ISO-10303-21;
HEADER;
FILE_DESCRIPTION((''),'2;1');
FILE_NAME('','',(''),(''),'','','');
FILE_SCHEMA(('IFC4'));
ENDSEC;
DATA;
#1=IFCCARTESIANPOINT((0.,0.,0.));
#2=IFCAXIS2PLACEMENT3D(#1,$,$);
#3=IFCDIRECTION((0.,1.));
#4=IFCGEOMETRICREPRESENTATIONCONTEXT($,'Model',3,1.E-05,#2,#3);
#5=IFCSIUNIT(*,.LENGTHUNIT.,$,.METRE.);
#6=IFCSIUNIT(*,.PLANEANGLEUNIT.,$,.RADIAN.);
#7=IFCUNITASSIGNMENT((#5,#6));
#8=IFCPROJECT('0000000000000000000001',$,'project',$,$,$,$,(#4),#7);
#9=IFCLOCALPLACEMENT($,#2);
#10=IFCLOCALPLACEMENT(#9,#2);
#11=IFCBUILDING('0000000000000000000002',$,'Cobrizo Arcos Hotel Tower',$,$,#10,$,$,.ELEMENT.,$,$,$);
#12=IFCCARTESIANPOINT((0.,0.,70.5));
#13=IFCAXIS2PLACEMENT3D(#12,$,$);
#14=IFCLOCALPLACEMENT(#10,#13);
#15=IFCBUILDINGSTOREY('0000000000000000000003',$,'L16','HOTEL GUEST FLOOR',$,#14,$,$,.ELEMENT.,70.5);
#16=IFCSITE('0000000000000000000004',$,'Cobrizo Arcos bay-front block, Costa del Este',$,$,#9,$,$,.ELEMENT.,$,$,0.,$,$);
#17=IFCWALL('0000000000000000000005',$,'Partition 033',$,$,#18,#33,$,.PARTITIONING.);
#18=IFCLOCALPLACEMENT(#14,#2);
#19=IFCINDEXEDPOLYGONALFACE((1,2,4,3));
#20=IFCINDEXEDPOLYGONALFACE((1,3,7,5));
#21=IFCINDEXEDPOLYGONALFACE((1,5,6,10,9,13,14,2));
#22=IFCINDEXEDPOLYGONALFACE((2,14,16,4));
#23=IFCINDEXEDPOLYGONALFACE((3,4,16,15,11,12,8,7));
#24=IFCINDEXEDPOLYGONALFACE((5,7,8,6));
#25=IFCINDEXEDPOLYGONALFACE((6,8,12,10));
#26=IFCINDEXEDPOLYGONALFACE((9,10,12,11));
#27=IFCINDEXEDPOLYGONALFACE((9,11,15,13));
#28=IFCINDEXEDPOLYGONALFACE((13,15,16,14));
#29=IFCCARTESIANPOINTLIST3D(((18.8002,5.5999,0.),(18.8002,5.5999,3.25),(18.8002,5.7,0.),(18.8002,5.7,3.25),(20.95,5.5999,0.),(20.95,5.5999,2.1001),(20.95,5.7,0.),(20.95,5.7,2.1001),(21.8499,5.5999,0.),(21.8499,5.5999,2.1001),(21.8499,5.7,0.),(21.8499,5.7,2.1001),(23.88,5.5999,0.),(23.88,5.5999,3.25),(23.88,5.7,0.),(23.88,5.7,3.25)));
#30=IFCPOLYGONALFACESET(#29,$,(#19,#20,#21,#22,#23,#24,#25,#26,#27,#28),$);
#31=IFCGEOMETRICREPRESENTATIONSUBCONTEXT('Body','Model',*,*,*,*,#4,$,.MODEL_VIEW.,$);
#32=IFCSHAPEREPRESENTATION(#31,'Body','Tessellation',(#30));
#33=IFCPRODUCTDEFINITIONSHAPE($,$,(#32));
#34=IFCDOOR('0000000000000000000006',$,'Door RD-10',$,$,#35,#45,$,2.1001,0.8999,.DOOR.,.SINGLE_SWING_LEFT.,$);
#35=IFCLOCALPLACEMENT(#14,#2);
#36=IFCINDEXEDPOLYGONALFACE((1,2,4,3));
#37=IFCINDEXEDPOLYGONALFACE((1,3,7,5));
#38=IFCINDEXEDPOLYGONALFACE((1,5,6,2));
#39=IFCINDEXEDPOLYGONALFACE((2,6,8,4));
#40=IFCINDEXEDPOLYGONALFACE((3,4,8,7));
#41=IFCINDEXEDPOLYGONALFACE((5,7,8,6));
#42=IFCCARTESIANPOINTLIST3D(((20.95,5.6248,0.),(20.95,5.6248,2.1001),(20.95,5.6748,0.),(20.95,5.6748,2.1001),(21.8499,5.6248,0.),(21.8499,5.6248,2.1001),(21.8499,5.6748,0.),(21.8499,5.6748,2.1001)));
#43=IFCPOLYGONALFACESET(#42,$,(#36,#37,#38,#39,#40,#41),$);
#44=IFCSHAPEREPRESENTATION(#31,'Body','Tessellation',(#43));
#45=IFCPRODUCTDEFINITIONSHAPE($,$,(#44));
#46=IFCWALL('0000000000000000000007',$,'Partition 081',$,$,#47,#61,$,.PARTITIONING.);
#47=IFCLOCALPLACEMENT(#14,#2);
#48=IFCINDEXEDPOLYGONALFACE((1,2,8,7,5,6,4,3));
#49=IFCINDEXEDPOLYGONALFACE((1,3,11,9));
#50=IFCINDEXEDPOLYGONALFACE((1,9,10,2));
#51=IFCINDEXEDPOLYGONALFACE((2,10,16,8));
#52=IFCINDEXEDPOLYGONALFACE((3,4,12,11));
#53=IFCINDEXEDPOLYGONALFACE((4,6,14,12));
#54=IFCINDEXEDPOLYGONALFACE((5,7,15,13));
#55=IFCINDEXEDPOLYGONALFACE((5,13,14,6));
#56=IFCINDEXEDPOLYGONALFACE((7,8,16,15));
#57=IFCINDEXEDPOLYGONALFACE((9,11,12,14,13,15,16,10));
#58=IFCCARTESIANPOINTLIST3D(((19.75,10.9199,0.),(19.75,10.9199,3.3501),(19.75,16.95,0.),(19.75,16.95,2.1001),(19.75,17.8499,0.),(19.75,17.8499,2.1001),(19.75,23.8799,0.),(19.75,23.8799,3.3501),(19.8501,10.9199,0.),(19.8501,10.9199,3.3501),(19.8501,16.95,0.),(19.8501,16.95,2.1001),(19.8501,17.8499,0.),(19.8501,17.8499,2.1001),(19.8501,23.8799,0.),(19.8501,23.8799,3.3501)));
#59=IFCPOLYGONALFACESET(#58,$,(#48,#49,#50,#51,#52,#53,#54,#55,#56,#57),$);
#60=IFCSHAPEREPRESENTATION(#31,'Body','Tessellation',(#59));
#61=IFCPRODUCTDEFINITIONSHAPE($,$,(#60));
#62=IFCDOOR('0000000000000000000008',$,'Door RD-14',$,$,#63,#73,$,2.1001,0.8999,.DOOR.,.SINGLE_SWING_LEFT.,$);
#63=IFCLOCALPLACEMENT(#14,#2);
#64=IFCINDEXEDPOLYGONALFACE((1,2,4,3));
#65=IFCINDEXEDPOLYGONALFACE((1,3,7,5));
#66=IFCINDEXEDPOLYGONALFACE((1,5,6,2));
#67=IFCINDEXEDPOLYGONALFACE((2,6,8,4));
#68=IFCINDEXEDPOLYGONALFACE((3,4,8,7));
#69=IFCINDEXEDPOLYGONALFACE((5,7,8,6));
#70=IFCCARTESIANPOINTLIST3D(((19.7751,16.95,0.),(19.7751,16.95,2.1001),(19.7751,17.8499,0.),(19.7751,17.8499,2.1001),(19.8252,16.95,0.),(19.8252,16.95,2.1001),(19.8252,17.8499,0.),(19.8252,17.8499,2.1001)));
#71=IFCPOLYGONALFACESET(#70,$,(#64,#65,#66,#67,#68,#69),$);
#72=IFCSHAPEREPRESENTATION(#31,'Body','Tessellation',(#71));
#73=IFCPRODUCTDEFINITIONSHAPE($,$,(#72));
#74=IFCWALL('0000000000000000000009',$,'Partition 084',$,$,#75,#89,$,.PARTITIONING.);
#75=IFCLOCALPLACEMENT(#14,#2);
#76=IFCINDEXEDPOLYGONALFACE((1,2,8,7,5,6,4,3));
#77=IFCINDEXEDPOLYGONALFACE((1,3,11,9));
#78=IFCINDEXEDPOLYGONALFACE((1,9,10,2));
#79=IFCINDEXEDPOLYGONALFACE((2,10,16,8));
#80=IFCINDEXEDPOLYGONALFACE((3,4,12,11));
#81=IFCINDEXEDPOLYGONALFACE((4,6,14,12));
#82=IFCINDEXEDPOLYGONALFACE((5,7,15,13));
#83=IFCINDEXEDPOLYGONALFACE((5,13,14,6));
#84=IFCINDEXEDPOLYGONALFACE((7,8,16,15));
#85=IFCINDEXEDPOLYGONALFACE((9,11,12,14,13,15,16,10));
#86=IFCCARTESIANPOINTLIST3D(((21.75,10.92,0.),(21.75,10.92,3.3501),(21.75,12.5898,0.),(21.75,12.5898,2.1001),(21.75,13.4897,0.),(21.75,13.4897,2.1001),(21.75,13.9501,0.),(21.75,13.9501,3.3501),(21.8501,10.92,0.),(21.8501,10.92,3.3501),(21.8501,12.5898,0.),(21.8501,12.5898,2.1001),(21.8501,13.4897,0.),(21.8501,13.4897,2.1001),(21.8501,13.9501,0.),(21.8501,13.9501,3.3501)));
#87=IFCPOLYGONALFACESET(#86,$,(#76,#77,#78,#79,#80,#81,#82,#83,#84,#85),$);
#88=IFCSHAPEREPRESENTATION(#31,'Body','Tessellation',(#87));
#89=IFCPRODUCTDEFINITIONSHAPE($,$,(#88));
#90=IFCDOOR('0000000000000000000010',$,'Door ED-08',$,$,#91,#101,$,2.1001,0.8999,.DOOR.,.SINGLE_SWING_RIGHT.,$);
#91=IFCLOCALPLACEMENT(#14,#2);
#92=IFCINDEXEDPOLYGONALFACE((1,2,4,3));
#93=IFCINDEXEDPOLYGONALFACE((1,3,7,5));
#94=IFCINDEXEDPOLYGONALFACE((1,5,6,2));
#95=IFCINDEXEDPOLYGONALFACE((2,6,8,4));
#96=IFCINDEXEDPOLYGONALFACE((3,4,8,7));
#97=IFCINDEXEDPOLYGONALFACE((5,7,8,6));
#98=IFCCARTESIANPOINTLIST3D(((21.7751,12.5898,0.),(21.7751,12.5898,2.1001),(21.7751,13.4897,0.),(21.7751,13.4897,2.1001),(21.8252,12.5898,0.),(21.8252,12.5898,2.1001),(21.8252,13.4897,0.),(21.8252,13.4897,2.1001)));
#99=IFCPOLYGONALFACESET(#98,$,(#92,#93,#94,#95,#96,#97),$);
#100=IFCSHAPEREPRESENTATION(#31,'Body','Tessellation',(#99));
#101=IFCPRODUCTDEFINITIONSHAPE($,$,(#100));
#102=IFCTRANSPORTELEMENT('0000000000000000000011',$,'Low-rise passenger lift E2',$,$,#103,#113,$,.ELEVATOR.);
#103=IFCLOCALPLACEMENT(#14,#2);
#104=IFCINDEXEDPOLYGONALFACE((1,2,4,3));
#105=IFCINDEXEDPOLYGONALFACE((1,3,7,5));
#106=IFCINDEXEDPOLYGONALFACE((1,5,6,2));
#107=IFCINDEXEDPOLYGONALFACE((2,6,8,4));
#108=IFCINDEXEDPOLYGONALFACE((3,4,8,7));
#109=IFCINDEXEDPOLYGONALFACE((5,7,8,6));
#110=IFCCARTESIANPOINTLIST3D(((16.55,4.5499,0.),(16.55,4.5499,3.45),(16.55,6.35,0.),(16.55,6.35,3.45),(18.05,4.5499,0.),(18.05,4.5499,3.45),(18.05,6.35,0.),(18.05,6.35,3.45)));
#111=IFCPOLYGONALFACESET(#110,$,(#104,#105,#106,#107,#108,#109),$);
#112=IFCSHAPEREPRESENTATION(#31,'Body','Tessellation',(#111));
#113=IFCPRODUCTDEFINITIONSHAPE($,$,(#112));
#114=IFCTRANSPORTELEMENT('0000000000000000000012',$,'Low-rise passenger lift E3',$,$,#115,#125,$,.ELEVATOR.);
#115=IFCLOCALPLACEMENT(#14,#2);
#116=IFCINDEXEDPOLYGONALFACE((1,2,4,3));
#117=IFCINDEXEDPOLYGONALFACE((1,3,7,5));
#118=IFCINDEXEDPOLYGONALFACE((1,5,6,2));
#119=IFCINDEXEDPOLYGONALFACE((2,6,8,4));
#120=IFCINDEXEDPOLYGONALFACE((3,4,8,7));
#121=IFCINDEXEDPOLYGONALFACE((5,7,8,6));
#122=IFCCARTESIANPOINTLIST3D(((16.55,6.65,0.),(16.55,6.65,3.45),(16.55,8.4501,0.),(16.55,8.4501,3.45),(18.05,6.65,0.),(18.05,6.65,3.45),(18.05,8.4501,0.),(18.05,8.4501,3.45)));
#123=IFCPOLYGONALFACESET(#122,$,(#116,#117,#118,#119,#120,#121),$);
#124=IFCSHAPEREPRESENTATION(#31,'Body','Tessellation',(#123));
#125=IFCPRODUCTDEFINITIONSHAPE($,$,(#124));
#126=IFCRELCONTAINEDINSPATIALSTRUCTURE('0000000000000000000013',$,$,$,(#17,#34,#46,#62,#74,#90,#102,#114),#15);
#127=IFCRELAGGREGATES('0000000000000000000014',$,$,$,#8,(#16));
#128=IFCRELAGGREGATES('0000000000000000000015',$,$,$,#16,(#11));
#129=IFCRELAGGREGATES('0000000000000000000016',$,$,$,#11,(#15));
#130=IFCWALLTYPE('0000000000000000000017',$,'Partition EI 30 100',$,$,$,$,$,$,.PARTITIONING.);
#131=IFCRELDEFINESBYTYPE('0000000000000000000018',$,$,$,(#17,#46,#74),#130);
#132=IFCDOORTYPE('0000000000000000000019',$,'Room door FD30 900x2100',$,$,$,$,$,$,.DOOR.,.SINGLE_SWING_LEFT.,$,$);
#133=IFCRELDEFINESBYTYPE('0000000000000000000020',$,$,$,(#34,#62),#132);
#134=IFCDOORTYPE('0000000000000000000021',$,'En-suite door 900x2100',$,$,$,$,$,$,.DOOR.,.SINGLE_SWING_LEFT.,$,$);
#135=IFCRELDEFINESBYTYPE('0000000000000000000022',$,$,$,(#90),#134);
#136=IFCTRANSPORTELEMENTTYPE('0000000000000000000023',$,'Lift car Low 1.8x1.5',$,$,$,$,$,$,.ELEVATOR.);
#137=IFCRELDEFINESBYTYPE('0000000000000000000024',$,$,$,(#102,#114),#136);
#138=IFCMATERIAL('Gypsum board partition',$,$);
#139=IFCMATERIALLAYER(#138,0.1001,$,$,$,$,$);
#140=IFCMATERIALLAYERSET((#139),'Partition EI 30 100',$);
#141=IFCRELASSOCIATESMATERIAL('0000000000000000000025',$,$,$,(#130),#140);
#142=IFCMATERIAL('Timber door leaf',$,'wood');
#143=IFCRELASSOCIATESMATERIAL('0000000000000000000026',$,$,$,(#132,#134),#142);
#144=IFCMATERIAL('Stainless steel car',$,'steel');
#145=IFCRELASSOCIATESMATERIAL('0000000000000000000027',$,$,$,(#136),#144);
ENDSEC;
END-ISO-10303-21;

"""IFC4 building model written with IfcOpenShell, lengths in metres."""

from ifc_helpers import new_model, si_unit, direction, frame, frame_2d, origin, origin_2d, place, context, subcontext, project, spatial, rectangle, extrude, material, layer, layer_set, type_object, element, fill, save


model = new_model("IFC4")

# Units and contexts
model_context = context("Model", 3, precision=1e-05, world=origin(), true_north=direction((0.0, 1.0)))
body_context = subcontext(model_context, "Body", "Model", "MODEL_VIEW")
ifc_project = project(units=[si_unit("LENGTHUNIT", "METRE"), si_unit("PLANEANGLEUNIT", "RADIAN")], contexts=[model_context])

# Site, building, storey
site_placement = place(None, origin())
site = spatial("IfcSite", under=ifc_project, at=site_placement, Name="Cobrizo Arcos bay-front block, Costa del Este", CompositionType="ELEMENT", RefElevation=0.0)
building_placement = place(site_placement, origin())
building = spatial("IfcBuilding", under=site, at=building_placement, Name="Cobrizo Arcos Hotel Tower", CompositionType="ELEMENT")
storey_placement = place(building_placement, frame((0.0, 0.0, 70.5)))
storey = spatial("IfcBuildingStorey", under=building, at=storey_placement, Name="L16", Description="HOTEL GUEST FLOOR", CompositionType="ELEMENT", Elevation=70.5)

# Walls, openings, doors
ifc_material_1 = material(Name="Gypsum board partition")
ifc_layer_1 = layer(ifc_material_1, 0.1001)
ifc_layer_set_1 = layer_set([ifc_layer_1], Name="Partition EI 30 100")
wall_type = type_object("IfcWallType", Name="Partition EI 30 100", PredefinedType="PARTITIONING", material=ifc_layer_set_1)
ifc_material_2 = material(Name="Timber door leaf", Category="wood")
door_type_1 = type_object("IfcDoorType", Name="Room door FD30 900x2100", OperationType="SINGLE_SWING_LEFT", PredefinedType="DOOR", material=ifc_material_2)
wall_1_placement = place(storey_placement, frame((18.8, 5.6499, 0.0), z_axis=(0.0, 0.0, 1.0), x_axis=(1.0, 0.0, 0.0)))
wall_1 = element("IfcWall", 1, at=wall_1_placement, inside=storey, type_object=wall_type, Name="Partition 033", PredefinedType="PARTITIONING", context=body_context, shape_type="SweptSolid", body=[
    extrude(rectangle(XDim=5.0798, YDim=0.1001, at=frame_2d((2.54, 0.0))), origin(), (0.0, 0.0, 1.0), 3.25),
])
opening_1_placement = place(wall_1_placement, frame((2.1499, 0.0, 0.0)))
opening_1 = element("IfcOpeningElement", 2, at=opening_1_placement, cuts=wall_1, PredefinedType="OPENING", context=body_context, shape_type="SweptSolid", body=[
    extrude(rectangle(XDim=0.8999, YDim=2.1001, at=frame_2d((0.45, 1.05))), frame((0.0, 0.062, 0.0), z_axis=(0.0, -1.0, 0.0), x_axis=(1.0, 0.0, 0.0)), (0.0, 0.0, 1.0), 0.124),
])
door_1_placement = place(opening_1_placement, origin())
door_1 = element("IfcDoor", 3, at=door_1_placement, inside=storey, type_object=door_type_1, Name="Door RD-10", OperationType="SINGLE_SWING_LEFT", OverallHeight=2.1001, OverallWidth=0.8999, PredefinedType="DOOR", context=body_context, shape_type="SweptSolid", body=[
    extrude(rectangle(XDim=0.8999, YDim=2.1001, at=frame_2d((0.45, 1.05))), frame((0.0, 0.0249, 0.0), z_axis=(0.0, -1.0, 0.0), x_axis=(1.0, 0.0, 0.0)), (0.0, 0.0, 1.0), 0.05),
])
fill(opening_1, door_1)
wall_2_placement = place(storey_placement, frame((19.8, 10.9199, 0.0), z_axis=(0.0, 0.0, 1.0), x_axis=(0.0, 1.0, 0.0)))
wall_2 = element("IfcWall", 4, at=wall_2_placement, inside=storey, type_object=wall_type, Name="Partition 081", PredefinedType="PARTITIONING", context=body_context, shape_type="SweptSolid", body=[
    extrude(rectangle(XDim=12.96, YDim=0.1001, at=frame_2d((6.48, 0.0))), origin(), (0.0, 0.0, 1.0), 3.3501),
])
opening_2_placement = place(wall_2_placement, frame((6.03, 0.0, 0.0)))
opening_2 = element("IfcOpeningElement", 5, at=opening_2_placement, cuts=wall_2, PredefinedType="OPENING", context=body_context, shape_type="SweptSolid", body=[
    extrude(rectangle(XDim=0.8999, YDim=2.1001, at=frame_2d((0.45, 1.05))), frame((0.0, 0.062, 0.0), z_axis=(0.0, -1.0, 0.0), x_axis=(1.0, 0.0, 0.0)), (0.0, 0.0, 1.0), 0.124),
])
door_2_placement = place(opening_2_placement, origin())
door_2 = element("IfcDoor", 6, at=door_2_placement, inside=storey, type_object=door_type_1, Name="Door RD-14", OperationType="SINGLE_SWING_LEFT", OverallHeight=2.1001, OverallWidth=0.8999, PredefinedType="DOOR", context=body_context, shape_type="SweptSolid", body=[
    extrude(rectangle(XDim=0.8999, YDim=2.1001, at=frame_2d((0.45, 1.05))), frame((0.0, 0.0249, 0.0), z_axis=(0.0, -1.0, 0.0), x_axis=(1.0, 0.0, 0.0)), (0.0, 0.0, 1.0), 0.05),
])
fill(opening_2, door_2)
wall_3_placement = place(storey_placement, frame((21.8, 10.9199, 0.0), z_axis=(0.0, 0.0, 1.0), x_axis=(0.0, 1.0, 0.0)))
wall_3 = element("IfcWall", 7, at=wall_3_placement, inside=storey, type_object=wall_type, Name="Partition 084", PredefinedType="PARTITIONING", context=body_context, shape_type="SweptSolid", body=[
    extrude(rectangle(XDim=3.03, YDim=0.1001, at=frame_2d((1.5151, 0.0))), origin(), (0.0, 0.0, 1.0), 3.3501),
])
opening_3_placement = place(wall_3_placement, frame((1.6699, 0.0, 0.0)))
opening_3 = element("IfcOpeningElement", 8, at=opening_3_placement, cuts=wall_3, PredefinedType="OPENING", context=body_context, shape_type="SweptSolid", body=[
    extrude(rectangle(XDim=0.8999, YDim=2.1001, at=frame_2d((0.45, 1.05))), frame((0.0, 0.062, 0.0), z_axis=(0.0, -1.0, 0.0), x_axis=(1.0, 0.0, 0.0)), (0.0, 0.0, 1.0), 0.124),
])
door_type_2 = type_object("IfcDoorType", Name="En-suite door 900x2100", OperationType="SINGLE_SWING_LEFT", PredefinedType="DOOR", material=ifc_material_2)
door_3_placement = place(opening_3_placement, origin())
door_3 = element("IfcDoor", 9, at=door_3_placement, inside=storey, type_object=door_type_2, Name="Door ED-08", OperationType="SINGLE_SWING_RIGHT", OverallHeight=2.1001, OverallWidth=0.8999, PredefinedType="DOOR", context=body_context, shape_type="SweptSolid", body=[
    extrude(rectangle(XDim=0.8999, YDim=2.1001, at=frame_2d((0.45, 1.05))), frame((0.0, 0.0249, 0.0), z_axis=(0.0, -1.0, 0.0), x_axis=(1.0, 0.0, 0.0)), (0.0, 0.0, 1.0), 0.05),
])
fill(opening_3, door_3)

# Transport elements
ifc_material_3 = material(Name="Stainless steel car", Category="steel")
transport_element_type = type_object("IfcTransportElementType", Name="Lift car Low 1.8x1.5", PredefinedType="ELEVATOR", material=ifc_material_3)
for number, where, z_axis, x_axis, name in (
    (10, (17.3, 5.45, 0.0), (0.0, 0.0, 1.0), (1.0, 0.0, 0.0), "Low-rise passenger lift E2"),
    (11, (17.3, 7.55, 0.0), (0.0, 0.0, 1.0), (1.0, 0.0, 0.0), "Low-rise passenger lift E3"),
):
    element("IfcTransportElement", number, at=place(storey_placement, frame(where, z_axis=z_axis, x_axis=x_axis)), inside=storey, type_object=transport_element_type, Name=name, PredefinedType="ELEVATOR", context=body_context, shape_type="SweptSolid", body=[
        extrude(rectangle(XDim=1.5, YDim=1.8, at=origin_2d()), origin(), (0.0, 0.0, 1.0), 3.45),
    ])

save(model, "model.ifc")
